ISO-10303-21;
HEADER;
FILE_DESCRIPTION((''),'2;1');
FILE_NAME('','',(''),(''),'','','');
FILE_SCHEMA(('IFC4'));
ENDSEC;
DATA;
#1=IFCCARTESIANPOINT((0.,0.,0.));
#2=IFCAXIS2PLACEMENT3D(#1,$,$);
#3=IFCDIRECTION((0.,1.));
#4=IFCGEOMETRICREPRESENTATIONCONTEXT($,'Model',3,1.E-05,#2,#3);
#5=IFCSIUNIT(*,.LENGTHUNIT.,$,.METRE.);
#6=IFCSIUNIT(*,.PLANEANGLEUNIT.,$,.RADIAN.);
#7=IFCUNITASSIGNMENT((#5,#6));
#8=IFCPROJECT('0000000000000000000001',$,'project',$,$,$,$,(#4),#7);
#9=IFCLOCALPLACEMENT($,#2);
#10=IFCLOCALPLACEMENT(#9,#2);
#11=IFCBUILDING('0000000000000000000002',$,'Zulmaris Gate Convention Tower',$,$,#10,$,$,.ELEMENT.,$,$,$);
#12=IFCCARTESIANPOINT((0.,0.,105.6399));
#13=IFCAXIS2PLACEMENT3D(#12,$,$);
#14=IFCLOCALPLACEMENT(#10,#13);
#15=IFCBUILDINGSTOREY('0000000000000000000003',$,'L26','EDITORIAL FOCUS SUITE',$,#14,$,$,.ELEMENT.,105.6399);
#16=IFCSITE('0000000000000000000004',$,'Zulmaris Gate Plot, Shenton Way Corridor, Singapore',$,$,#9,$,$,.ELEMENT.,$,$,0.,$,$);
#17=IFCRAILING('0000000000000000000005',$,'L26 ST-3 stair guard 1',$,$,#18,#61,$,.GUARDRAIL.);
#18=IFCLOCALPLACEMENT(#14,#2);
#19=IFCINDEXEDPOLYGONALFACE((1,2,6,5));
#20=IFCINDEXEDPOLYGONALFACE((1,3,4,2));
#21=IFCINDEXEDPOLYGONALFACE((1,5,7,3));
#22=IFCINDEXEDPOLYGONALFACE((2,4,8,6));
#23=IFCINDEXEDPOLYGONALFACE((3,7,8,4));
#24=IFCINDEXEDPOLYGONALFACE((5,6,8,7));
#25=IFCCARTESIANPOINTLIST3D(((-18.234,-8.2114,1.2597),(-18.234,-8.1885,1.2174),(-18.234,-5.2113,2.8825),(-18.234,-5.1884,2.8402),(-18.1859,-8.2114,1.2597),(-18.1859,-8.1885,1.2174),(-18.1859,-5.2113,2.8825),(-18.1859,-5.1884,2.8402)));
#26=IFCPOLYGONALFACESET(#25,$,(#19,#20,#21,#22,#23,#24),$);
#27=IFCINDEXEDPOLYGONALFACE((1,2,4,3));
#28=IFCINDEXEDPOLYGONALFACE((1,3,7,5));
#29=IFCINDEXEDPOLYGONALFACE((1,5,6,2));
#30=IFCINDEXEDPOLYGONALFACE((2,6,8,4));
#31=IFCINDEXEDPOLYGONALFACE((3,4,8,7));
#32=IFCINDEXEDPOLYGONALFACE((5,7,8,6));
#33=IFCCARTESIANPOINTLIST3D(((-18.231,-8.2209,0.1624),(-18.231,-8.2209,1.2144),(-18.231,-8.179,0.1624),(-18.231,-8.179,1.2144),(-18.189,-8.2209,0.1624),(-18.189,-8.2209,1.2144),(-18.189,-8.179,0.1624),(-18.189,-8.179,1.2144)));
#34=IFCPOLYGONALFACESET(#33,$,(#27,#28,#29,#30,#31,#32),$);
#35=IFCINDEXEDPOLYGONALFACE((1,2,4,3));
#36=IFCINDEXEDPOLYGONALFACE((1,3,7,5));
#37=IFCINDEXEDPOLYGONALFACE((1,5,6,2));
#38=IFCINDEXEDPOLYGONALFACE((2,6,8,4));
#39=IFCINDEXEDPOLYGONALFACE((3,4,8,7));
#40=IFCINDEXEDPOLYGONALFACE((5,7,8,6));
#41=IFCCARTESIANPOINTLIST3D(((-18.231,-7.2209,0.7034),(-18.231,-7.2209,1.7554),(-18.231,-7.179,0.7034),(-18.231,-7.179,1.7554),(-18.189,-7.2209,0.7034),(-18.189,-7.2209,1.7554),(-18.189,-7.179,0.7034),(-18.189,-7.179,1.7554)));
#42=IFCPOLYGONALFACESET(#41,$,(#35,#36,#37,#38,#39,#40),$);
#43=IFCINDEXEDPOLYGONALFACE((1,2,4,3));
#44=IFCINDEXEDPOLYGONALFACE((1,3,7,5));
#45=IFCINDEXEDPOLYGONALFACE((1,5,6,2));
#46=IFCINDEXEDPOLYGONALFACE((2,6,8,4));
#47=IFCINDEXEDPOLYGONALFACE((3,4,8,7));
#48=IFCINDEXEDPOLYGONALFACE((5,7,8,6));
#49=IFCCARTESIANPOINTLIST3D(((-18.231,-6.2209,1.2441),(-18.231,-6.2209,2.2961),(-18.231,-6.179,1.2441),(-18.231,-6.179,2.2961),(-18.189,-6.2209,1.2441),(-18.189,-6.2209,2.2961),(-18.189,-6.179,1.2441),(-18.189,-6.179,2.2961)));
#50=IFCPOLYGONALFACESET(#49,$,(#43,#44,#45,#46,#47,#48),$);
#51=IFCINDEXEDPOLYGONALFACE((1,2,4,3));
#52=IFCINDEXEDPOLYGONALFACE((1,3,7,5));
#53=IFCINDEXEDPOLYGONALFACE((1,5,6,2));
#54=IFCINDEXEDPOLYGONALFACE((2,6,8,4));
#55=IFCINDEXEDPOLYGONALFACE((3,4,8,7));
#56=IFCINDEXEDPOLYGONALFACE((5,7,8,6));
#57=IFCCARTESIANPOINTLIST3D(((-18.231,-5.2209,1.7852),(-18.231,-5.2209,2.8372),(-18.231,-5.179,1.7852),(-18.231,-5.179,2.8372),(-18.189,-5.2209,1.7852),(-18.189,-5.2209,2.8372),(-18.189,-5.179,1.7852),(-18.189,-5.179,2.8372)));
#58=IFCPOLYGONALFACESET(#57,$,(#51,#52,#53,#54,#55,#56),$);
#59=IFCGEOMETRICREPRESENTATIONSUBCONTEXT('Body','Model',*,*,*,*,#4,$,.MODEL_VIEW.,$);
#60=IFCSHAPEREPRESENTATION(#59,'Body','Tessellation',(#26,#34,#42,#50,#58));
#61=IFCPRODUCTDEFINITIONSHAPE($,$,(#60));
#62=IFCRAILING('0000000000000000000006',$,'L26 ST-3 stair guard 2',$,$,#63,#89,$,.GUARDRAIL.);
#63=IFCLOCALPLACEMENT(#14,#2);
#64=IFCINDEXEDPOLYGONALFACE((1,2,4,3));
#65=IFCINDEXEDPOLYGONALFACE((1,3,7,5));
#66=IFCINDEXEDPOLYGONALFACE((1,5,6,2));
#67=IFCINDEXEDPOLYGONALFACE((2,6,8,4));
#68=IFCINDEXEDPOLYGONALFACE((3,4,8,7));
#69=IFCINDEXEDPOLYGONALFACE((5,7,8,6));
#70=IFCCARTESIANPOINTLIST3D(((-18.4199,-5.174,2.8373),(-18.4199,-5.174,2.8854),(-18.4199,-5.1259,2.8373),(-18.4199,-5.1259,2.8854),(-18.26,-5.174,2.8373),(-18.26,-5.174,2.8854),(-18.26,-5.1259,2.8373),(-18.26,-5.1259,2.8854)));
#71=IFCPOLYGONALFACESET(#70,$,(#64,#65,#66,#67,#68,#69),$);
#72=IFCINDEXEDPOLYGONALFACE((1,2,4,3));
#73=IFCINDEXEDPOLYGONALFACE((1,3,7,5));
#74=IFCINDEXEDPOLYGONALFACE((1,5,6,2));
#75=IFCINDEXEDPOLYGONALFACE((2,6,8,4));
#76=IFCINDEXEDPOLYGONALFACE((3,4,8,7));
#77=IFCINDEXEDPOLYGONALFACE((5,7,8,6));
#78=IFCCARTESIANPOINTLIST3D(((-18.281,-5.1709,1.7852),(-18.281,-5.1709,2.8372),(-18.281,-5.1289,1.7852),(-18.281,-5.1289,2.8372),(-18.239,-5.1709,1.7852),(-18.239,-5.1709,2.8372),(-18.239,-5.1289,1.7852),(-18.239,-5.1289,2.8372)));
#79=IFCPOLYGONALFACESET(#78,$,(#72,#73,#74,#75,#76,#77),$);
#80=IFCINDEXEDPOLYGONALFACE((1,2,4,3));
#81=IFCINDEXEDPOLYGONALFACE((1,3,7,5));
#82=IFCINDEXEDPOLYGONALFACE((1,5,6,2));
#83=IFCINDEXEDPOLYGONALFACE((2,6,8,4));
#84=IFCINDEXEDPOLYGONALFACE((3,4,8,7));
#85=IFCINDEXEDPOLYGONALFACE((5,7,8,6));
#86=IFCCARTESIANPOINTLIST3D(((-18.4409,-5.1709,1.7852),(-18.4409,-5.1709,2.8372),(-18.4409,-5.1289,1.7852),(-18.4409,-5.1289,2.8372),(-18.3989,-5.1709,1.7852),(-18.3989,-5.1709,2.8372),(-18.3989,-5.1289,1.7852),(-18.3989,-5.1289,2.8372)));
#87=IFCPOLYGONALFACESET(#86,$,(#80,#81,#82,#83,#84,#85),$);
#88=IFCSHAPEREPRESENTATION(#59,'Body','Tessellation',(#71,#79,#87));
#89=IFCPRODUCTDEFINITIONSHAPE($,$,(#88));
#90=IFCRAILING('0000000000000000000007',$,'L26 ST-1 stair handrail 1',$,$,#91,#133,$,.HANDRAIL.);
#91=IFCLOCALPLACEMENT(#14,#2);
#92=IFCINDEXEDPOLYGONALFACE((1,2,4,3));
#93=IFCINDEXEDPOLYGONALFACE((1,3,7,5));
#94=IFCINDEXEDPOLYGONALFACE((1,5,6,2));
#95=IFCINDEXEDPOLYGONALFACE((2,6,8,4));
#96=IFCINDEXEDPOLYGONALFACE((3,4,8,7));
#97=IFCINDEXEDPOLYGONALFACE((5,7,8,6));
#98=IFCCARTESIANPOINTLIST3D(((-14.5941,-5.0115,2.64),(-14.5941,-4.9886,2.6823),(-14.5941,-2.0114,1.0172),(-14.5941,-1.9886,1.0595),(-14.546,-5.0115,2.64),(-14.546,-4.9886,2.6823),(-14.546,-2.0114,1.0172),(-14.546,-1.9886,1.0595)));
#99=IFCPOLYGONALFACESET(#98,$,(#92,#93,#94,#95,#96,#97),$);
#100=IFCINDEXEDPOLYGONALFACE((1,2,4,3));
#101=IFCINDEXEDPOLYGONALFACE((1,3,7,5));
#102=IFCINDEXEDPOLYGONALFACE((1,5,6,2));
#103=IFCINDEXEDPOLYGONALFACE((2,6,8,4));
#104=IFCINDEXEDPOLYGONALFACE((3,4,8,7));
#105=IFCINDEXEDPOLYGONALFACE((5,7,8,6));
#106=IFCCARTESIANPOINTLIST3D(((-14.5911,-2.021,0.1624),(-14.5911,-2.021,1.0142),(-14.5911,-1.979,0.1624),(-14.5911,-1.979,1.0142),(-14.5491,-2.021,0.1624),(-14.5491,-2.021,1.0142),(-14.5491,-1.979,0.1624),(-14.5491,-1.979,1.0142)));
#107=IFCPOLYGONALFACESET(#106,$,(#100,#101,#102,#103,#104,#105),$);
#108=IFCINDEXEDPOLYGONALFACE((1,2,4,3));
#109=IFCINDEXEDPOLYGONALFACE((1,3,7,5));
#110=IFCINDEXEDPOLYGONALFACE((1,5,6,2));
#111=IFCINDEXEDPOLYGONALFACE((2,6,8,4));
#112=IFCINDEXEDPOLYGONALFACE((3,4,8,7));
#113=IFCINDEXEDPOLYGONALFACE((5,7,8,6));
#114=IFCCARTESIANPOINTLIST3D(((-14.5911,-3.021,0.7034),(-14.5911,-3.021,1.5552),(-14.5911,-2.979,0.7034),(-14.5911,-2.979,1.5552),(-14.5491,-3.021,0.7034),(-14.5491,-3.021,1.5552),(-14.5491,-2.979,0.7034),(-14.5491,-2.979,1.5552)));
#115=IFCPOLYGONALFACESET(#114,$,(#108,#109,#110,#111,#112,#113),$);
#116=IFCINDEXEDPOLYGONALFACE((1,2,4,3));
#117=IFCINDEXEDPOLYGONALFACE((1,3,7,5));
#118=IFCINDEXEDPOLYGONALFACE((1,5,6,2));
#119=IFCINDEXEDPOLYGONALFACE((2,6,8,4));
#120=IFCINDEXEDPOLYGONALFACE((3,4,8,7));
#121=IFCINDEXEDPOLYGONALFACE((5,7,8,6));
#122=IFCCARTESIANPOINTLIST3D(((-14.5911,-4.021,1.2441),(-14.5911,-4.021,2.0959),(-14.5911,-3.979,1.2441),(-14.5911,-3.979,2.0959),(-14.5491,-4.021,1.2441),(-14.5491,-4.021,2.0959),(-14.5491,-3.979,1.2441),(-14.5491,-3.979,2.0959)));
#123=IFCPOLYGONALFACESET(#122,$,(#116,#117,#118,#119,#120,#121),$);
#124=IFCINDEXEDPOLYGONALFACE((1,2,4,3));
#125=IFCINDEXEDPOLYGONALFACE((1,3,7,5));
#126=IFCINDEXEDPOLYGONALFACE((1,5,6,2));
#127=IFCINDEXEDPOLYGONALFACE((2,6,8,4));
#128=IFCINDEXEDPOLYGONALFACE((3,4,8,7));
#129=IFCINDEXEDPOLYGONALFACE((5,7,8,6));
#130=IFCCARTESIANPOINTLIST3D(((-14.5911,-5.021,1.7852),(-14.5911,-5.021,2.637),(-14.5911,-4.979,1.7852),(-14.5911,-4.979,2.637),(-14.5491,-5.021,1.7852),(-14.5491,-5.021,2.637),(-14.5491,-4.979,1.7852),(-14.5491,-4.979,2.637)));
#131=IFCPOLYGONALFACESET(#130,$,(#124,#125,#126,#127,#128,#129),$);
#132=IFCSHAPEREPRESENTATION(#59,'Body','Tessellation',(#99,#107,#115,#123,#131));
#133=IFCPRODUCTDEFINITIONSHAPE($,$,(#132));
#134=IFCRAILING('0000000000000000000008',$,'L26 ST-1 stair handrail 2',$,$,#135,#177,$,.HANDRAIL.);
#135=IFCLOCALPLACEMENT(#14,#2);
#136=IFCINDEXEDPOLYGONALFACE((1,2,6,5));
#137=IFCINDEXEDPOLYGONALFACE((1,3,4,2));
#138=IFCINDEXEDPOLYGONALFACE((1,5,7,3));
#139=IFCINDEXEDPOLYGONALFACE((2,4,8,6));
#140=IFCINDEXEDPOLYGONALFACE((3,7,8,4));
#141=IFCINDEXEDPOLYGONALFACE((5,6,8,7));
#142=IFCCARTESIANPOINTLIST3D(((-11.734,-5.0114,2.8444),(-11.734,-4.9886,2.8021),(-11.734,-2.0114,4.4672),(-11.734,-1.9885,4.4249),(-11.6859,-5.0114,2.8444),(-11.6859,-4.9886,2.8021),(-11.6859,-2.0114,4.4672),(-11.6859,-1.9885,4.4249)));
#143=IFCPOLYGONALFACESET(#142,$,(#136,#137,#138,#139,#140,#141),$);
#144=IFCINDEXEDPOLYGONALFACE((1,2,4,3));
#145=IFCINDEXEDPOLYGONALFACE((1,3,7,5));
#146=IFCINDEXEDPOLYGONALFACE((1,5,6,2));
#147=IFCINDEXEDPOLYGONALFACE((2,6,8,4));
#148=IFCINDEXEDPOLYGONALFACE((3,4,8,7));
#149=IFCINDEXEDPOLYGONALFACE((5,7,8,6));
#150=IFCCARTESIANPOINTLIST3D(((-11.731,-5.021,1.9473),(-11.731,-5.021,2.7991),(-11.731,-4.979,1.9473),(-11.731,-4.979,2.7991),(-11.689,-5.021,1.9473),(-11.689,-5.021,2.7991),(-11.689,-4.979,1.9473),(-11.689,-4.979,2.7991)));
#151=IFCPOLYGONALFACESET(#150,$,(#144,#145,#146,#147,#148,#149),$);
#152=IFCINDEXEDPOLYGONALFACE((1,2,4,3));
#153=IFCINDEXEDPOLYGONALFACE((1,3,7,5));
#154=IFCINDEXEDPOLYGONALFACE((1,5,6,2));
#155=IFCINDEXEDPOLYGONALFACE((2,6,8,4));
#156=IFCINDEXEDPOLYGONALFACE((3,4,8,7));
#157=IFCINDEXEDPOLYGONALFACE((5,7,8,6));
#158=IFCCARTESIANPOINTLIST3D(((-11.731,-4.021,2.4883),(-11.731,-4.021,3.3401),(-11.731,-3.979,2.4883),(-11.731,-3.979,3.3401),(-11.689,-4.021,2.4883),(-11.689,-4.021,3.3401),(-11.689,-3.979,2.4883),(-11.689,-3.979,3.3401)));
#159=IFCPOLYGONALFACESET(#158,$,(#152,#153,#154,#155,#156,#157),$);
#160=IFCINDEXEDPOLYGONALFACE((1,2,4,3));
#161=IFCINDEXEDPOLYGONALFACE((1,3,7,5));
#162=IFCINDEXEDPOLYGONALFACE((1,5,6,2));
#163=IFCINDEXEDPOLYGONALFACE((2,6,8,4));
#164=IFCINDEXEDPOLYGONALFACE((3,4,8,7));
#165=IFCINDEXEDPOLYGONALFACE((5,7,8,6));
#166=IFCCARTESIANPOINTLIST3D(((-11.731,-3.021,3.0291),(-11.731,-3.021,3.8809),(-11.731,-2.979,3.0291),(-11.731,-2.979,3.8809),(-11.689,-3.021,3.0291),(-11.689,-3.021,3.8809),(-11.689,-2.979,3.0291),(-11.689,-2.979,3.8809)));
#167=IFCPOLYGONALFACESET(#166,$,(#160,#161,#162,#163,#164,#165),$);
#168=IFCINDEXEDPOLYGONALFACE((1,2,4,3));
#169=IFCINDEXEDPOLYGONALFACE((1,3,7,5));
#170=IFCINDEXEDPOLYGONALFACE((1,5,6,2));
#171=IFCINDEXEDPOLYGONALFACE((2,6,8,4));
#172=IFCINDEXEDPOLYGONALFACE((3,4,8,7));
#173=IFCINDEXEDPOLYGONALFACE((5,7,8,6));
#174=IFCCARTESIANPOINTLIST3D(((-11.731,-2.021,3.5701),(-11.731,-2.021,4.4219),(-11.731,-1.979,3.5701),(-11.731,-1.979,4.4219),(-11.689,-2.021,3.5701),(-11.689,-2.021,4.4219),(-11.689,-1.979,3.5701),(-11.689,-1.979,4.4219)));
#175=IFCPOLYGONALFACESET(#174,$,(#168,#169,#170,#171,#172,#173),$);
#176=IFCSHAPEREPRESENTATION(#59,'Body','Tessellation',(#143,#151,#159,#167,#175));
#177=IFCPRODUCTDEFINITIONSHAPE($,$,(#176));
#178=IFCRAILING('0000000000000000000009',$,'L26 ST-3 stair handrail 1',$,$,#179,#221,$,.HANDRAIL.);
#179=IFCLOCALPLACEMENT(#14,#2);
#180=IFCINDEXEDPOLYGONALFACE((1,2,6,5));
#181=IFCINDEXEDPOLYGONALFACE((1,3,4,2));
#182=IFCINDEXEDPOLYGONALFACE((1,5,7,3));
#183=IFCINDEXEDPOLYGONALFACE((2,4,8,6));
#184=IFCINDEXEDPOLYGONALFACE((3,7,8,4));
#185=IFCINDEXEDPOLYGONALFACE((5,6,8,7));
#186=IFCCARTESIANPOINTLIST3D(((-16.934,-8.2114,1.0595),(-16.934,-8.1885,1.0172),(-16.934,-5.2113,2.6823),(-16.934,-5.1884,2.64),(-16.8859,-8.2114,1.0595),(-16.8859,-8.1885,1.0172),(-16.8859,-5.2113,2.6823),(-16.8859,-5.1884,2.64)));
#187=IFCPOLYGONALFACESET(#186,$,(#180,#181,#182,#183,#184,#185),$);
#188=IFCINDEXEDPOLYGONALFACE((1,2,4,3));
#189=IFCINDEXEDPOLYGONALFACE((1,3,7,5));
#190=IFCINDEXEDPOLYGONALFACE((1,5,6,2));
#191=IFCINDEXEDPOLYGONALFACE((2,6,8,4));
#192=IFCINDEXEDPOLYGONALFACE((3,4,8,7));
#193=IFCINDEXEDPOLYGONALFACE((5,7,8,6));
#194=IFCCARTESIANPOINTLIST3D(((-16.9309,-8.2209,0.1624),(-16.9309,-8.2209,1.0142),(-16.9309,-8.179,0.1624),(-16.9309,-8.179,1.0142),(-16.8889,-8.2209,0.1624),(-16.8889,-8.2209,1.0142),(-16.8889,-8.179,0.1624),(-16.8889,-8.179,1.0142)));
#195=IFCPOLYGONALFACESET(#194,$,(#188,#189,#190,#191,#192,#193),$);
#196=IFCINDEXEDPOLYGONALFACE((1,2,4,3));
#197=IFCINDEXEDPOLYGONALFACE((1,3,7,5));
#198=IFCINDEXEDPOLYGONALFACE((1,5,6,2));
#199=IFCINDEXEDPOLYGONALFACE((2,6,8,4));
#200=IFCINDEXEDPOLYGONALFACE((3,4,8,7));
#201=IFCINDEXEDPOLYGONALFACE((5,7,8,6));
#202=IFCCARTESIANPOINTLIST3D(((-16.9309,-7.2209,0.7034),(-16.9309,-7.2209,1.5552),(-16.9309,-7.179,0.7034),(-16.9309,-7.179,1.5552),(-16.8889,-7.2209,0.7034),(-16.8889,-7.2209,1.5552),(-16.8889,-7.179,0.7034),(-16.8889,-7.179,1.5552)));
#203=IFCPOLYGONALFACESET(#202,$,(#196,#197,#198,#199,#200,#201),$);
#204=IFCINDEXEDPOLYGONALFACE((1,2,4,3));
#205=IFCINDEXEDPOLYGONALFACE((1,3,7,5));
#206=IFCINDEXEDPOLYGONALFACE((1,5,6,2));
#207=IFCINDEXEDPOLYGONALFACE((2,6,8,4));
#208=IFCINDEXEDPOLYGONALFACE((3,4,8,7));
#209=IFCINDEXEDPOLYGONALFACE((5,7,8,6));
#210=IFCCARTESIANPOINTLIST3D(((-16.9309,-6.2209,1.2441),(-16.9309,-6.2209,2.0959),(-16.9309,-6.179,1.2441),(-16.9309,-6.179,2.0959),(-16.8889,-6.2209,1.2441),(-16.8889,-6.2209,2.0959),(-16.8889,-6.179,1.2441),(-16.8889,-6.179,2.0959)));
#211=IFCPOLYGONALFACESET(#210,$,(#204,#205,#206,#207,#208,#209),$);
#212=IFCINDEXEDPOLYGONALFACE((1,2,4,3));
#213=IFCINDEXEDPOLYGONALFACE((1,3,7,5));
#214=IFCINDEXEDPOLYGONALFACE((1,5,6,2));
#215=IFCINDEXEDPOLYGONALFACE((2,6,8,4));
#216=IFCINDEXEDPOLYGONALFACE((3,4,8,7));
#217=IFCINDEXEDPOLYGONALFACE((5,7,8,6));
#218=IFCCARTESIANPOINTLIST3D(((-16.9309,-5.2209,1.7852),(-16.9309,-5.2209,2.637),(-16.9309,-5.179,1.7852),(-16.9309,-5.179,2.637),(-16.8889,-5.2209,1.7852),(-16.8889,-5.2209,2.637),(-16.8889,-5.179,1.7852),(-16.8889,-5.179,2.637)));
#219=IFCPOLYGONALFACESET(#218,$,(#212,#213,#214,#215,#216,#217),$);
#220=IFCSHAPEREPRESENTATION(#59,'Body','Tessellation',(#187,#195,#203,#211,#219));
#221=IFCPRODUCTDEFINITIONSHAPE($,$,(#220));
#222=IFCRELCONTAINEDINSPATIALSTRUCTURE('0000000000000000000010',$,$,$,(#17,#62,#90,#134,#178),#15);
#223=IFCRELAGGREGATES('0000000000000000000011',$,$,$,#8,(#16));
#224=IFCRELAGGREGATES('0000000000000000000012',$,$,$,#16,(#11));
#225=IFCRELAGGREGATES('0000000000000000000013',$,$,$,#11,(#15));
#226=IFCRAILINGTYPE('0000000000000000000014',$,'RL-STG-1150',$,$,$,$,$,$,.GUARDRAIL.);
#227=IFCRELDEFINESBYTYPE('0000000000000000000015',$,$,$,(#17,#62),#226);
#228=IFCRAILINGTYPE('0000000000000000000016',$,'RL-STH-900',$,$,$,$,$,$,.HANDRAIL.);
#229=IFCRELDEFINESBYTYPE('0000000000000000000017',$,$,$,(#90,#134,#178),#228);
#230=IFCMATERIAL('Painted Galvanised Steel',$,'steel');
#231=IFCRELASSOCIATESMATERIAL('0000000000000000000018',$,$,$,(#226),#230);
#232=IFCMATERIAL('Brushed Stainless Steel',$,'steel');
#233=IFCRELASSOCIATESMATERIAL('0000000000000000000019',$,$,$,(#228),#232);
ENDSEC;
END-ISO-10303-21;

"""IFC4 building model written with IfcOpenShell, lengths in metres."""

from ifc_helpers import new_model, si_unit, direction, frame, origin, origin_2d, place, context, subcontext, project, spatial, rectangle, extrude, material, type_object, element, save


model = new_model("IFC4")

# Units and contexts
model_context = context("Model", 3, precision=1e-05, world=origin(), true_north=direction((0.0, 1.0)))
body_context = subcontext(model_context, "Body", "Model", "MODEL_VIEW")
ifc_project = project(units=[si_unit("LENGTHUNIT", "METRE"), si_unit("PLANEANGLEUNIT", "RADIAN")], contexts=[model_context])

# Site, building, storey
site_placement = place(None, origin())
site = spatial("IfcSite", under=ifc_project, at=site_placement, Name="Zulmaris Gate Plot, Shenton Way Corridor, Singapore", CompositionType="ELEMENT", RefElevation=0.0)
building_placement = place(site_placement, origin())
building = spatial("IfcBuilding", under=site, at=building_placement, Name="Zulmaris Gate Convention Tower", CompositionType="ELEMENT")
storey_placement = place(building_placement, frame((0.0, 0.0, 105.6399)))
storey = spatial("IfcBuildingStorey", under=building, at=storey_placement, Name="L26", Description="EDITORIAL FOCUS SUITE", CompositionType="ELEMENT", Elevation=105.6399)

# Railings
ifc_material_1 = material(Name="Painted Galvanised Steel", Category="steel")
railing_type_1 = type_object("IfcRailingType", Name="RL-STG-1150", PredefinedType="GUARDRAIL", material=ifc_material_1)
railing_1_placement = place(storey_placement, frame((-18.21, -8.2, 0.1624)))
element("IfcRailing", 1, at=railing_1_placement, inside=storey, type_object=railing_type_1, Name="L26 ST-3 stair guard 1", PredefinedType="GUARDRAIL", context=body_context, shape_type="SweptSolid", body=[
    extrude(rectangle(XDim=0.0481, YDim=0.0481, at=origin_2d()), frame((0.0, 0.0, 1.0762), z_axis=(0.0, 0.879562, 0.475785), x_axis=(-1.0, 0.0, 0.0)), (0.0, 0.0, 1.0), 3.4109),
    extrude(rectangle(XDim=0.042, YDim=0.042, at=origin_2d()), origin(), (0.0, 0.0, 1.0), 1.052),
    extrude(rectangle(XDim=0.042, YDim=0.042, at=origin_2d()), frame((0.0, 1.0, 0.541)), (0.0, 0.0, 1.0), 1.052),
    extrude(rectangle(XDim=0.042, YDim=0.042, at=origin_2d()), frame((0.0, 2.0, 1.0818)), (0.0, 0.0, 1.0), 1.052),
    extrude(rectangle(XDim=0.042, YDim=0.042, at=origin_2d()), frame((0.0, 3.0, 1.6228)), (0.0, 0.0, 1.0), 1.052),
])
railing_2_placement = place(storey_placement, frame((-18.26, -5.1499, 1.7852)))
element("IfcRailing", 2, at=railing_2_placement, inside=storey, type_object=railing_type_1, Name="L26 ST-3 stair guard 2", PredefinedType="GUARDRAIL", context=body_context, shape_type="SweptSolid", body=[
    extrude(rectangle(XDim=0.0481, YDim=0.0481, at=origin_2d()), frame((0.0, 0.0, 1.0762), z_axis=(-1.0, 0.0, 0.0), x_axis=(0.0, -1.0, 0.0)), (0.0, 0.0, 1.0), 0.1599),
    extrude(rectangle(XDim=0.042, YDim=0.042, at=origin_2d()), origin(), (0.0, 0.0, 1.0), 1.052),
    extrude(rectangle(XDim=0.042, YDim=0.042, at=origin_2d()), frame((-0.1599, 0.0, 0.0)), (0.0, 0.0, 1.0), 1.052),
])
ifc_material_2 = material(Name="Brushed Stainless Steel", Category="steel")
railing_type_2 = type_object("IfcRailingType", Name="RL-STH-900", PredefinedType="HANDRAIL", material=ifc_material_2)
railing_3_placement = place(storey_placement, frame((-14.5701, -2.0, 0.1624)))
element("IfcRailing", 3, at=railing_3_placement, inside=storey, type_object=railing_type_2, Name="L26 ST-1 stair handrail 1", PredefinedType="HANDRAIL", context=body_context, shape_type="SweptSolid", body=[
    extrude(rectangle(XDim=0.0481, YDim=0.0481, at=origin_2d()), frame((0.0, 0.0, 0.876), z_axis=(0.0, -0.879562, 0.475785), x_axis=(1.0, 0.0, 0.0)), (0.0, 0.0, 1.0), 3.4109),
    extrude(rectangle(XDim=0.042, YDim=0.042, at=origin_2d()), origin(), (0.0, 0.0, 1.0), 0.8518),
    extrude(rectangle(XDim=0.042, YDim=0.042, at=origin_2d()), frame((0.0, -1.0, 0.541)), (0.0, 0.0, 1.0), 0.8518),
    extrude(rectangle(XDim=0.042, YDim=0.042, at=origin_2d()), frame((0.0, -2.0, 1.0818)), (0.0, 0.0, 1.0), 0.8518),
    extrude(rectangle(XDim=0.042, YDim=0.042, at=origin_2d()), frame((0.0, -3.0, 1.6228)), (0.0, 0.0, 1.0), 0.8518),
])
for number, where, name in (
    (4, (-11.71, -5.0, 1.9473), "L26 ST-1 stair handrail 2"),
    (5, (-16.9099, -8.2, 0.1624), "L26 ST-3 stair handrail 1"),
):
    element("IfcRailing", number, at=place(storey_placement, frame(where)), inside=storey, type_object=railing_type_2, Name=name, PredefinedType="HANDRAIL", context=body_context, shape_type="SweptSolid", body=[
        extrude(rectangle(XDim=0.0481, YDim=0.0481, at=origin_2d()), frame((0.0, 0.0, 0.876), z_axis=(0.0, 0.879562, 0.475785), x_axis=(-1.0, 0.0, 0.0)), (0.0, 0.0, 1.0), 3.4109),
        extrude(rectangle(XDim=0.042, YDim=0.042, at=origin_2d()), origin(), (0.0, 0.0, 1.0), 0.8518),
        extrude(rectangle(XDim=0.042, YDim=0.042, at=origin_2d()), frame((0.0, 1.0, 0.541)), (0.0, 0.0, 1.0), 0.8518),
        extrude(rectangle(XDim=0.042, YDim=0.042, at=origin_2d()), frame((0.0, 2.0, 1.0818)), (0.0, 0.0, 1.0), 0.8518),
        extrude(rectangle(XDim=0.042, YDim=0.042, at=origin_2d()), frame((0.0, 3.0, 1.6228)), (0.0, 0.0, 1.0), 0.8518),
    ])

save(model, "model.ifc")
